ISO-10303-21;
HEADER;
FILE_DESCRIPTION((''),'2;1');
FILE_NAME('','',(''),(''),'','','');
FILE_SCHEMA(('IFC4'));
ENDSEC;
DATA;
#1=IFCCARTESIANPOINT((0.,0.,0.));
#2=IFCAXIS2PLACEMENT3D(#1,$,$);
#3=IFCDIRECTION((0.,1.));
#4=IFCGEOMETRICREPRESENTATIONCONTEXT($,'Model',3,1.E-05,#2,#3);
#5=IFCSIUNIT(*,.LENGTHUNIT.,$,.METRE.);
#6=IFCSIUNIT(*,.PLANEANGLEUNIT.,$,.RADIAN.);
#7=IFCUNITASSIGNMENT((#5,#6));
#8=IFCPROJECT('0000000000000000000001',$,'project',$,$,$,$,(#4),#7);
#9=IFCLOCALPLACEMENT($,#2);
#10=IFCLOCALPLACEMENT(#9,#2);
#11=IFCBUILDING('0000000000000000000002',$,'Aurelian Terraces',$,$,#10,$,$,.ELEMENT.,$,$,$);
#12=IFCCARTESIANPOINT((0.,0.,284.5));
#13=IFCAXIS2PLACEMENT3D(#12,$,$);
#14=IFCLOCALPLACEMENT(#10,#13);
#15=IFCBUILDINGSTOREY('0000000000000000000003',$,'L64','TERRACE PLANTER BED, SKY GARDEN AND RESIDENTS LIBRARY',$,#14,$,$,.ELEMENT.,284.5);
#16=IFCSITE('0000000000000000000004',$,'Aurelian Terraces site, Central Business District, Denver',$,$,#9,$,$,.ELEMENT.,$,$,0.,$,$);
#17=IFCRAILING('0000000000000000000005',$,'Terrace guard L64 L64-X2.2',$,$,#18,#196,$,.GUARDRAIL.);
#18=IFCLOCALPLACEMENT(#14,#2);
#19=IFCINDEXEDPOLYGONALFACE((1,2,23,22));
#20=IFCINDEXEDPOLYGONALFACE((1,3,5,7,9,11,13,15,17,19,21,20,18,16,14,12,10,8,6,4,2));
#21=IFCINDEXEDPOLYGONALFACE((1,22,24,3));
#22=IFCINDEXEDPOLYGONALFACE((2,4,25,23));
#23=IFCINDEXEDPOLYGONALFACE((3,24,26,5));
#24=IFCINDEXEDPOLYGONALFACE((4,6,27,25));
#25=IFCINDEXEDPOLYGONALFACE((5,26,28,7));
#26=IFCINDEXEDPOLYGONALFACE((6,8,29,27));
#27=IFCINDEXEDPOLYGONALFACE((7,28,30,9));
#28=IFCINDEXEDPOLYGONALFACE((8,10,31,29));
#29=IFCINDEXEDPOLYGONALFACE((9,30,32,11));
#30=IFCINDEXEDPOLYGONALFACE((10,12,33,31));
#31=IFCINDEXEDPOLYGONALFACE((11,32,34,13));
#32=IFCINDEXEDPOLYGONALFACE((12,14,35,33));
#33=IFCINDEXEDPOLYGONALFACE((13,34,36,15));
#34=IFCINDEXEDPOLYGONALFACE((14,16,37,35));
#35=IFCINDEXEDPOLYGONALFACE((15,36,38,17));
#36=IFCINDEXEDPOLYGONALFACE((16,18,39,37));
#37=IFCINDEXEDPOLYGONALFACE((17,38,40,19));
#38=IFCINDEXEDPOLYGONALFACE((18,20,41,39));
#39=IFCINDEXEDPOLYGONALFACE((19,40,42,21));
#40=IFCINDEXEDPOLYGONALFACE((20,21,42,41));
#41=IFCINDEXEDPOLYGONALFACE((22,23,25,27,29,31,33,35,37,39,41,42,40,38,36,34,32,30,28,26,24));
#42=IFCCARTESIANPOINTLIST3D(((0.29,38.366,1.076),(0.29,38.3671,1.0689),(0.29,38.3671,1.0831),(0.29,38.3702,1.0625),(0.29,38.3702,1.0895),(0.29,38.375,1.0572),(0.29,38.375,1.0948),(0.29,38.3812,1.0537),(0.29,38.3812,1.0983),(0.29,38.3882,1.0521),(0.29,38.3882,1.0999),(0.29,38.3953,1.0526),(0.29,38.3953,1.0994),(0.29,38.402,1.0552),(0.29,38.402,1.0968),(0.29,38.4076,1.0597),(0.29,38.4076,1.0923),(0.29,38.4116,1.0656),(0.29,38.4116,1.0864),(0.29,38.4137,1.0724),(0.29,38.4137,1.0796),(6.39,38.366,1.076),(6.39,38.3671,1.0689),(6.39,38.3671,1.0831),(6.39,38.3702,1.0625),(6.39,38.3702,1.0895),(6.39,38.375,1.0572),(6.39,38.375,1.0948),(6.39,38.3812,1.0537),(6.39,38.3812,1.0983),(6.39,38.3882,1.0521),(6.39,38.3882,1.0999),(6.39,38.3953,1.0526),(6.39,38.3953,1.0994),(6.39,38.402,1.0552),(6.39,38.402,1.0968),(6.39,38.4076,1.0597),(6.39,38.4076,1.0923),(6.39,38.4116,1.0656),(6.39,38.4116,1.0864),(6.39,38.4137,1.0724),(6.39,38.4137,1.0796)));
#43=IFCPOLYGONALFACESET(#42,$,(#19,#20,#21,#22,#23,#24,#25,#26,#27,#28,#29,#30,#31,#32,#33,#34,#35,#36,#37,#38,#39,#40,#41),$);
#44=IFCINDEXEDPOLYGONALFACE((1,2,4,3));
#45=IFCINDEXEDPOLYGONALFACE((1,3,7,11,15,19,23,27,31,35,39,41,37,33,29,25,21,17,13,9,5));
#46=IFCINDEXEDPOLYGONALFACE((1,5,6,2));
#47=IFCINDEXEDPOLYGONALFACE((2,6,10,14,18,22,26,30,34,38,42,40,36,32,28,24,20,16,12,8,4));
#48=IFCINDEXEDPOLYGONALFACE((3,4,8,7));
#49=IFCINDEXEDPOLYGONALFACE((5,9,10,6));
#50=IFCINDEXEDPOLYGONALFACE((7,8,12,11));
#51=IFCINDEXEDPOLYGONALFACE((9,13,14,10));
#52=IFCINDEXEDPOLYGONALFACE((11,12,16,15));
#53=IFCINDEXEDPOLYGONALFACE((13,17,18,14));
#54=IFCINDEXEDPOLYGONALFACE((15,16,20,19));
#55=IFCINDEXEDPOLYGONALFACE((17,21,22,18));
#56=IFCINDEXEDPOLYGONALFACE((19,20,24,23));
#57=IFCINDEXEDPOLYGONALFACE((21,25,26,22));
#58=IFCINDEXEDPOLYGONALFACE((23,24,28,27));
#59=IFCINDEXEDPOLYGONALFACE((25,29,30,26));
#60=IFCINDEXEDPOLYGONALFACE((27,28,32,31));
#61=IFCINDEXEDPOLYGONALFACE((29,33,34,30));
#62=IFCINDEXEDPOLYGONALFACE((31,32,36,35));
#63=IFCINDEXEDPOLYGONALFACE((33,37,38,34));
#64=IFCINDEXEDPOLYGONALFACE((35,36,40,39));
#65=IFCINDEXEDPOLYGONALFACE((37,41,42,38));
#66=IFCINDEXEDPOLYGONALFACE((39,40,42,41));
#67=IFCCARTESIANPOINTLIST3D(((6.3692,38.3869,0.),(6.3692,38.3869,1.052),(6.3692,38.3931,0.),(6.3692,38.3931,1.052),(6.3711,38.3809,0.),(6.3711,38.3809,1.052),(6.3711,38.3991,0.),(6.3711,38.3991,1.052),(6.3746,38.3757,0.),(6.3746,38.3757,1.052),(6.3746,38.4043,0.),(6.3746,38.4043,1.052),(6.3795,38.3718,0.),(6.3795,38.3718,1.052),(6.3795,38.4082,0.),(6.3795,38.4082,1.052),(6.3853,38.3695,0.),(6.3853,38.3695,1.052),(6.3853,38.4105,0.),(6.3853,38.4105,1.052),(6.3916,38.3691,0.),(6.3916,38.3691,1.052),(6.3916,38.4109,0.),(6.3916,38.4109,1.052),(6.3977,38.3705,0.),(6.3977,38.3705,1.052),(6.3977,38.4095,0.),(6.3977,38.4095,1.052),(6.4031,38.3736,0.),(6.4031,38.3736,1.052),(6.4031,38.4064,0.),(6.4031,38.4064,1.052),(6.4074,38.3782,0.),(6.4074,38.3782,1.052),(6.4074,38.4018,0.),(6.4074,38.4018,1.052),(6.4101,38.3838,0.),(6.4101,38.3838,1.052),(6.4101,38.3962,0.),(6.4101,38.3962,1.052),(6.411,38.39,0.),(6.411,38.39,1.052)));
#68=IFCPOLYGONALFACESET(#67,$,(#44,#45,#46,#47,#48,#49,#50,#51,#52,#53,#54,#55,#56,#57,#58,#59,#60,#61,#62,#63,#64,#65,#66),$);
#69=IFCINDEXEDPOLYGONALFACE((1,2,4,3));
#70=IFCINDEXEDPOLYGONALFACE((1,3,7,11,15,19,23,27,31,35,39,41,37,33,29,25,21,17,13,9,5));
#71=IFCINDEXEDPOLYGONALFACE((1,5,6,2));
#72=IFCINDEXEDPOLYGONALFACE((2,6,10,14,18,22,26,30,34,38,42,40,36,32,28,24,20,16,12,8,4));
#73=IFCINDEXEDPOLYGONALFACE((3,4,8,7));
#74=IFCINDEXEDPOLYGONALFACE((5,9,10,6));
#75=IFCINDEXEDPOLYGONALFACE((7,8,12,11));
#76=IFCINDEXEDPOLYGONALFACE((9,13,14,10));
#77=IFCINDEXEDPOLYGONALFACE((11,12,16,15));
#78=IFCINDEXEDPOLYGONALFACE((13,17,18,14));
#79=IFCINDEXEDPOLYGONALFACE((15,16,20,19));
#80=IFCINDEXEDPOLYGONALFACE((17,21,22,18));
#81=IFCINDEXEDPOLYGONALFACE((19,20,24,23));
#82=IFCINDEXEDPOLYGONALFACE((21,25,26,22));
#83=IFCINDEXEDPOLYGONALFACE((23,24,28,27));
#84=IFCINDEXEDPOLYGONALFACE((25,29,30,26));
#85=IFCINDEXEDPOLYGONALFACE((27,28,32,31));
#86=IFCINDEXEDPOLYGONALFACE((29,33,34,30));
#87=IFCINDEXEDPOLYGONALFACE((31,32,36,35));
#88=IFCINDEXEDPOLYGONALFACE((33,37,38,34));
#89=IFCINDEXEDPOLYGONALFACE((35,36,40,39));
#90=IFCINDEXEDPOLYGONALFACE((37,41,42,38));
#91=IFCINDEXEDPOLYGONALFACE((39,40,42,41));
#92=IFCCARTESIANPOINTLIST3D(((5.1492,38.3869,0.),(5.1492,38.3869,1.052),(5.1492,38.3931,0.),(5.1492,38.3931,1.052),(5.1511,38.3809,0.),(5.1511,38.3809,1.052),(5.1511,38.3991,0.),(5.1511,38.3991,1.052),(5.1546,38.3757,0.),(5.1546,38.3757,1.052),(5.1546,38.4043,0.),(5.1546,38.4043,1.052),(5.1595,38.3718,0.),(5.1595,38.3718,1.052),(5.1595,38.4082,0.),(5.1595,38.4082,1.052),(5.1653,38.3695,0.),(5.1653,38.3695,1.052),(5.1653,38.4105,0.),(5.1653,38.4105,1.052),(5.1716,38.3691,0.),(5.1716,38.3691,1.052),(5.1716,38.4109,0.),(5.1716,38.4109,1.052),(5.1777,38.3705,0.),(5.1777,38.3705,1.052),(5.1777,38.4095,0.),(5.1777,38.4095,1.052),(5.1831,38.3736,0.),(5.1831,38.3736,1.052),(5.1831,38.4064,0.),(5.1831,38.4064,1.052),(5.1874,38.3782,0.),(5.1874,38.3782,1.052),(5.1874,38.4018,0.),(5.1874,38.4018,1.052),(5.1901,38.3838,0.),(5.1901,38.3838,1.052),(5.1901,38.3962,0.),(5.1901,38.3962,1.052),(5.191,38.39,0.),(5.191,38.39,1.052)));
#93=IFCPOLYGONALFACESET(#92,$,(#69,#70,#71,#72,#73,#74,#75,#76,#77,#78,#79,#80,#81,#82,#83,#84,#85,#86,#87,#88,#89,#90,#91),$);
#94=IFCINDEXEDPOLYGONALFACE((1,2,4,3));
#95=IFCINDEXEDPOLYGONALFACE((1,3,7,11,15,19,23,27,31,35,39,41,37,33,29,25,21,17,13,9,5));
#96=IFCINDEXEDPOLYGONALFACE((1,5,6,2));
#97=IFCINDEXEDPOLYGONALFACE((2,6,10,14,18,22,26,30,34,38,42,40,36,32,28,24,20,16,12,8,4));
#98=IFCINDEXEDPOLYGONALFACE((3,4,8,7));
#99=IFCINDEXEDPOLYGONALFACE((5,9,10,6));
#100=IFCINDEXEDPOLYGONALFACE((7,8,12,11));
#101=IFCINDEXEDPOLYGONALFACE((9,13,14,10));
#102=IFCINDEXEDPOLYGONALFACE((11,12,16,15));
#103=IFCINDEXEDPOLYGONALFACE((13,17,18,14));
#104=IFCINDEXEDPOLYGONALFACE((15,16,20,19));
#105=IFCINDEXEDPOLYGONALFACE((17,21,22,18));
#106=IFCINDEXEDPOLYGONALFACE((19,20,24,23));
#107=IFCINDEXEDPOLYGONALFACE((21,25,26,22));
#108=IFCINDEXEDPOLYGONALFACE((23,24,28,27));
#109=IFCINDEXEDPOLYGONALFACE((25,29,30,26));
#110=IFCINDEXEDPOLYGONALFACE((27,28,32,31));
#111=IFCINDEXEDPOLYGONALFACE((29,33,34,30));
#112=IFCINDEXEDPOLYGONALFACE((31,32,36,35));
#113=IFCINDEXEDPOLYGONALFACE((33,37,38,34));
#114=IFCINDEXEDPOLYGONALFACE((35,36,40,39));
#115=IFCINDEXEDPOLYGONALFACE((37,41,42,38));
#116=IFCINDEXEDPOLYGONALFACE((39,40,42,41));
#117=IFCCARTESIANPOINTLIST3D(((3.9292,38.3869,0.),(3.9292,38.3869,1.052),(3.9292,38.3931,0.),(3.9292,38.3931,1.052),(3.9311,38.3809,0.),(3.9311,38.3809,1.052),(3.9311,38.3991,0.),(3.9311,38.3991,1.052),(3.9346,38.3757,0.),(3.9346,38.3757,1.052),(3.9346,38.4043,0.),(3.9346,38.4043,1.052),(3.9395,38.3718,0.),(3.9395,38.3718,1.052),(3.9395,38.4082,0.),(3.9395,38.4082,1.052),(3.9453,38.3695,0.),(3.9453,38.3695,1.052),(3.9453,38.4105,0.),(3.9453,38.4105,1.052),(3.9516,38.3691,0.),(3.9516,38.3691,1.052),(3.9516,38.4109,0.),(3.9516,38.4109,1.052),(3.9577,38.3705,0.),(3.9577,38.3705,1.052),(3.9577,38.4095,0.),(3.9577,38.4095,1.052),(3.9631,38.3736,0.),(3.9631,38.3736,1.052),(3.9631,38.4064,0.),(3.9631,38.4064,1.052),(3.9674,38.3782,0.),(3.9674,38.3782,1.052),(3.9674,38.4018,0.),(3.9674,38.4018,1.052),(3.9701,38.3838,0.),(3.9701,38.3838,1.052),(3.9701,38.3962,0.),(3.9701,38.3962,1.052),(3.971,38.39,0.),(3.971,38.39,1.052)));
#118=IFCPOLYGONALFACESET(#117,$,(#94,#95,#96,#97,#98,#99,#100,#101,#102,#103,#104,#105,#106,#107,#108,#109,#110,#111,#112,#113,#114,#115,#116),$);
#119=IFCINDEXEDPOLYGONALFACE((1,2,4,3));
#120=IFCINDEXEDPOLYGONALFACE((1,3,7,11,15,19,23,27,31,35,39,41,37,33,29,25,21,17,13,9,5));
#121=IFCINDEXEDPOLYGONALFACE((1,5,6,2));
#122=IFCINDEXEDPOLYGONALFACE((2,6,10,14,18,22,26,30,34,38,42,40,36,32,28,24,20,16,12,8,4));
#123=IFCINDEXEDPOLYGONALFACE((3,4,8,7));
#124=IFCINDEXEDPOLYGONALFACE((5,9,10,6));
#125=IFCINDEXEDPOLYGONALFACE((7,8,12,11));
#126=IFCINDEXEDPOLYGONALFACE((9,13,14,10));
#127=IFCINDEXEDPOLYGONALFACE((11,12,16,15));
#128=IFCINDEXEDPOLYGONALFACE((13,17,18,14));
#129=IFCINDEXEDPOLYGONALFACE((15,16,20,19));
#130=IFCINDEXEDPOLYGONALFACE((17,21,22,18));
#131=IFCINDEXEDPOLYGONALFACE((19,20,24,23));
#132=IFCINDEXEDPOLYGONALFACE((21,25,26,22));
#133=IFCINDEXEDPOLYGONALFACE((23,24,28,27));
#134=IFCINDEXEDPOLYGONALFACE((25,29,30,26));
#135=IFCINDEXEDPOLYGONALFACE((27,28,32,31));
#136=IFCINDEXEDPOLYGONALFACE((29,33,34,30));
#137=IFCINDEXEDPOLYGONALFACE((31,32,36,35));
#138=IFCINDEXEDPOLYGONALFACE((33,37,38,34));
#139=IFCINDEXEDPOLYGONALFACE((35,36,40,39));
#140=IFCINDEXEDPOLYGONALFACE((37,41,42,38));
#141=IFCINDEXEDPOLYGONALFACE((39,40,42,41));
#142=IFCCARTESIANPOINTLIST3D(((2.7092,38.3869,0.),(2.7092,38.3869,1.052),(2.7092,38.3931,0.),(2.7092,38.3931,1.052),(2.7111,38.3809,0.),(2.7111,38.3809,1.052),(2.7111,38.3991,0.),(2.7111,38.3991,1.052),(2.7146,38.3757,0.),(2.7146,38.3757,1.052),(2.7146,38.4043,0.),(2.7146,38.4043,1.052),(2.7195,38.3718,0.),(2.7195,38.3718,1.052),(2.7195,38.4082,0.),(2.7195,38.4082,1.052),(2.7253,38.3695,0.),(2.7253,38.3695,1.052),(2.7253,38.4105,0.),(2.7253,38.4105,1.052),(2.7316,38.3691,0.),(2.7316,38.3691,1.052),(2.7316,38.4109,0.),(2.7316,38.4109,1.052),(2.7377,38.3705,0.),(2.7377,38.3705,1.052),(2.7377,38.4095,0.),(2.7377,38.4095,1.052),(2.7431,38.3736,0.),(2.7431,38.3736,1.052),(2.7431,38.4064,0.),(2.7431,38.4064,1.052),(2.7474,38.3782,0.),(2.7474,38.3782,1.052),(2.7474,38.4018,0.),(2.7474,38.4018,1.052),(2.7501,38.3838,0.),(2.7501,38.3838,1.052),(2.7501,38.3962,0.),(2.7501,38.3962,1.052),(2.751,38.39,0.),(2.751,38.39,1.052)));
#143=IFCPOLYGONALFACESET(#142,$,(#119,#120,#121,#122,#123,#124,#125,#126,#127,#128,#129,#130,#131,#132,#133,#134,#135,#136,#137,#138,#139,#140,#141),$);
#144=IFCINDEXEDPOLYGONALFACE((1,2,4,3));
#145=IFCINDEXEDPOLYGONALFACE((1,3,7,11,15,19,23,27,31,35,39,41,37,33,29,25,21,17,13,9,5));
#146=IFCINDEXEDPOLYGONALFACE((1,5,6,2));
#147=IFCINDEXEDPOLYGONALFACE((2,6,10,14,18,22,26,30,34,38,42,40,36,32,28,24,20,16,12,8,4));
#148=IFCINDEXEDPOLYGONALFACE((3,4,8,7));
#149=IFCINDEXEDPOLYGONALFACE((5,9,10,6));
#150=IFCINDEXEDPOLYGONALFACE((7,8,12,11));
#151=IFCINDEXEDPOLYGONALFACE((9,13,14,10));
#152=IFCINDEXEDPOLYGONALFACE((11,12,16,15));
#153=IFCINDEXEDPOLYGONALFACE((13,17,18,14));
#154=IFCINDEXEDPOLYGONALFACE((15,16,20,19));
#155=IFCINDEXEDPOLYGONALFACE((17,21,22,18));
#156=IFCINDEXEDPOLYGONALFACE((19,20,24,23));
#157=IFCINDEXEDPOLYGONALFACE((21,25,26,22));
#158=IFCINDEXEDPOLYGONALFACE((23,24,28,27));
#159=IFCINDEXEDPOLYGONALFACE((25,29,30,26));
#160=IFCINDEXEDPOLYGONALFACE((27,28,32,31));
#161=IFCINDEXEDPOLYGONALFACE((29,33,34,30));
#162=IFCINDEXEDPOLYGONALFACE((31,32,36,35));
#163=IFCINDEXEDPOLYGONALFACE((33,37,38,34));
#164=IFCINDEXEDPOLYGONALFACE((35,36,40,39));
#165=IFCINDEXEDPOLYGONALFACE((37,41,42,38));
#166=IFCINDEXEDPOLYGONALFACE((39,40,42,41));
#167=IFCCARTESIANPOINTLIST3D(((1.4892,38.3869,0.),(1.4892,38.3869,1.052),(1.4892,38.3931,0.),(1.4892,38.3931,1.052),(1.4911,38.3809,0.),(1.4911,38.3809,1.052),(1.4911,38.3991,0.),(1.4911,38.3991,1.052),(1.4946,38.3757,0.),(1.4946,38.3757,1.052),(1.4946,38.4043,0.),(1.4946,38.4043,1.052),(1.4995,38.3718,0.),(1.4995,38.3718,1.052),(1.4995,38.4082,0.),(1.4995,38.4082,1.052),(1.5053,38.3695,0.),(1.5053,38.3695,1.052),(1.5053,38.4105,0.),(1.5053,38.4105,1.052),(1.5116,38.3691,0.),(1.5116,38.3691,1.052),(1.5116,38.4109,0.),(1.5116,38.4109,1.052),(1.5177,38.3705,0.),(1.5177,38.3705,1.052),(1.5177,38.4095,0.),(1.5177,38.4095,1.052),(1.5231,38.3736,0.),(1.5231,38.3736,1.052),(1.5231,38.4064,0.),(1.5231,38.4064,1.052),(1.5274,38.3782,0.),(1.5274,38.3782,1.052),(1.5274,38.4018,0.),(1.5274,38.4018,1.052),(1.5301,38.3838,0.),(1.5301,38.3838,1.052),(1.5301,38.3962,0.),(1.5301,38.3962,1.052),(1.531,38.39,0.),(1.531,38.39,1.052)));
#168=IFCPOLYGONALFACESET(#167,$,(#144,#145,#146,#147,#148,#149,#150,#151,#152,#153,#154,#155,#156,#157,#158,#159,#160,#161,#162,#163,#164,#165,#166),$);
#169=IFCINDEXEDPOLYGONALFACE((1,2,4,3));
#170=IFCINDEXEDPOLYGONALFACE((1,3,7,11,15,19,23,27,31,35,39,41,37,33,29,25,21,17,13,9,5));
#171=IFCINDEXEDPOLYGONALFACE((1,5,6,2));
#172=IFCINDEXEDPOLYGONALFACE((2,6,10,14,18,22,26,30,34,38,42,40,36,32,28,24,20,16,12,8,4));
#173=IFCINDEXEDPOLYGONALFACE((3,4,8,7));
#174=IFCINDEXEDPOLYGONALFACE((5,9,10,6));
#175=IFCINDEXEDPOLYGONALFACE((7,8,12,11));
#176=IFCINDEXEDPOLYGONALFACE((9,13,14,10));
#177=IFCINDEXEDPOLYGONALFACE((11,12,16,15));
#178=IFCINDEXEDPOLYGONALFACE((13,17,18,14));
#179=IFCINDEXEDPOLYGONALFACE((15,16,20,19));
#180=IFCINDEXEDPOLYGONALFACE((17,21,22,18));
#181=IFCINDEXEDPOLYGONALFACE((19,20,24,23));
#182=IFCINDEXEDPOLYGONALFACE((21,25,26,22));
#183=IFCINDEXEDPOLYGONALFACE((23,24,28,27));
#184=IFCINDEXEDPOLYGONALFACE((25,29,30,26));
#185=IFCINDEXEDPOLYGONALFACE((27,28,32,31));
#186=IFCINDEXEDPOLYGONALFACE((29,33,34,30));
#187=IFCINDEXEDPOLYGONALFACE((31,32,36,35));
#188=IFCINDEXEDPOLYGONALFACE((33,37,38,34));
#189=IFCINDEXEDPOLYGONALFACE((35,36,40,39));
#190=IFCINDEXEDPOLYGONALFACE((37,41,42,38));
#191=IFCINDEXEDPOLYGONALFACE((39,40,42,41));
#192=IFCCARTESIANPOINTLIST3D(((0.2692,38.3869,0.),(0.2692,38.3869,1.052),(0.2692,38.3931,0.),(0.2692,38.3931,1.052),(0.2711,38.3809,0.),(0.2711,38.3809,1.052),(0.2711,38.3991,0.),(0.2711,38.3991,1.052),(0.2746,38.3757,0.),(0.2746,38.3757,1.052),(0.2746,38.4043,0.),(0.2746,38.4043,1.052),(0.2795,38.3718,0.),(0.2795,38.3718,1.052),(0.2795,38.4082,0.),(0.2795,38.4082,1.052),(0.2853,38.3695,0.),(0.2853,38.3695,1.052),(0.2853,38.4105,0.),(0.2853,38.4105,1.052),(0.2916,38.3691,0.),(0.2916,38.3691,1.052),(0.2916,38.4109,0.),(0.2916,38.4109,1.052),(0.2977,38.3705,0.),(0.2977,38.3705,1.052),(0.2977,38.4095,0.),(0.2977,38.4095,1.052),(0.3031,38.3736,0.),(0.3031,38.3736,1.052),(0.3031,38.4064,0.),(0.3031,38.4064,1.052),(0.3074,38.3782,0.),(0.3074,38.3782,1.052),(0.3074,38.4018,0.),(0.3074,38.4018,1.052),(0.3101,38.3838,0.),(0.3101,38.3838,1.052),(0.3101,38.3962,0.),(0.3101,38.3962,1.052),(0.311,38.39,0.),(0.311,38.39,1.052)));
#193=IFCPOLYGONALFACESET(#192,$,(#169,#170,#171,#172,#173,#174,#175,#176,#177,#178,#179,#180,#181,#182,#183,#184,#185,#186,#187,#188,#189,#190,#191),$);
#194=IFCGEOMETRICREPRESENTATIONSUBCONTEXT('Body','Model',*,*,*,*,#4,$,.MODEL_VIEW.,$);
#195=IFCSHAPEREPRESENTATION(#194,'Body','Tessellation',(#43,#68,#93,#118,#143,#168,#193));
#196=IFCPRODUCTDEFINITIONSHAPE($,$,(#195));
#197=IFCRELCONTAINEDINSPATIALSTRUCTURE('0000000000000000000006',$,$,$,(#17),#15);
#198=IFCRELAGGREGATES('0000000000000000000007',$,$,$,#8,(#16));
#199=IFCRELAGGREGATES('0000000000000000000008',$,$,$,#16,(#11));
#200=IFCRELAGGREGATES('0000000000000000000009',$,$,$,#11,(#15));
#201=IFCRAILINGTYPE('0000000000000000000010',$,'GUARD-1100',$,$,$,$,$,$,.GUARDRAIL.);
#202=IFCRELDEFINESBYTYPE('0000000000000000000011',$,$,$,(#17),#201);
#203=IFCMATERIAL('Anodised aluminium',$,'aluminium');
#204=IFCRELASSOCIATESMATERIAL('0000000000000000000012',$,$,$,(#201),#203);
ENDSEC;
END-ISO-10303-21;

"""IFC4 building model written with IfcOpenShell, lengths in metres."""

from ifc_helpers import new_model, si_unit, direction, frame, origin, origin_2d, place, context, subcontext, project, spatial, circle, extrude, source, transform, mapped, material, type_object, element, save


model = new_model("IFC4")

# Units and contexts
model_context = context("Model", 3, precision=1e-05, world=origin(), true_north=direction((0.0, 1.0)))
body_context = subcontext(model_context, "Body", "Model", "MODEL_VIEW")
ifc_project = project(units=[si_unit("LENGTHUNIT", "METRE"), si_unit("PLANEANGLEUNIT", "RADIAN")], contexts=[model_context])

# Site, building, storey
site_placement = place(None, origin())
site = spatial("IfcSite", under=ifc_project, at=site_placement, Name="Aurelian Terraces site, Central Business District, Denver", CompositionType="ELEMENT", RefElevation=0.0)
building_placement = place(site_placement, origin())
building = spatial("IfcBuilding", under=site, at=building_placement, Name="Aurelian Terraces", CompositionType="ELEMENT")
storey_placement = place(building_placement, frame((0.0, 0.0, 284.5)))
storey = spatial("IfcBuildingStorey", under=building, at=storey_placement, Name="L64", Description="TERRACE PLANTER BED, SKY GARDEN AND RESIDENTS LIBRARY", CompositionType="ELEMENT", Elevation=284.5)

# Shared definitions
ifc_material_1 = material(Name="Anodised aluminium", Category="aluminium")
railing_type = type_object("IfcRailingType", Name="GUARD-1100", PredefinedType="GUARDRAIL", material=ifc_material_1)

# Railing
shared_shape_1 = source(origin(), body_context, "Body", "SweptSolid", [
    extrude(circle(Radius=0.024, at=origin_2d()), frame((0.0, 0.0, 1.076), z_axis=(-1.0, 0.0, 0.0), x_axis=(0.0, -1.0, 0.0)), (0.0, 0.0, 1.0), 6.1),
    extrude(circle(Radius=0.021, at=origin_2d()), origin(), (0.0, 0.0, 1.0), 1.052),
    extrude(circle(Radius=0.021, at=origin_2d()), frame((-1.22, 0.0, 0.0)), (0.0, 0.0, 1.0), 1.052),
    extrude(circle(Radius=0.021, at=origin_2d()), frame((-2.44, 0.0, 0.0)), (0.0, 0.0, 1.0), 1.052),
    extrude(circle(Radius=0.021, at=origin_2d()), frame((-3.66, 0.0, 0.0)), (0.0, 0.0, 1.0), 1.052),
    extrude(circle(Radius=0.021, at=origin_2d()), frame((-4.88, 0.0, 0.0)), (0.0, 0.0, 1.0), 1.052),
    extrude(circle(Radius=0.021, at=origin_2d()), frame((-6.1, 0.0, 0.0)), (0.0, 0.0, 1.0), 1.052),
])
railing_1_placement = place(storey_placement, frame((6.39, 38.39, 0.0)))
element("IfcRailing", 1, at=railing_1_placement, inside=storey, type_object=railing_type, Name="Terrace guard L64 L64-X2.2", PredefinedType="GUARDRAIL", context=body_context, shape_type="MappedRepresentation", body=[
    mapped(shared_shape_1, transform((0.0, 0.0, 0.0), scale=1.0)),
])

save(model, "model.ifc")
